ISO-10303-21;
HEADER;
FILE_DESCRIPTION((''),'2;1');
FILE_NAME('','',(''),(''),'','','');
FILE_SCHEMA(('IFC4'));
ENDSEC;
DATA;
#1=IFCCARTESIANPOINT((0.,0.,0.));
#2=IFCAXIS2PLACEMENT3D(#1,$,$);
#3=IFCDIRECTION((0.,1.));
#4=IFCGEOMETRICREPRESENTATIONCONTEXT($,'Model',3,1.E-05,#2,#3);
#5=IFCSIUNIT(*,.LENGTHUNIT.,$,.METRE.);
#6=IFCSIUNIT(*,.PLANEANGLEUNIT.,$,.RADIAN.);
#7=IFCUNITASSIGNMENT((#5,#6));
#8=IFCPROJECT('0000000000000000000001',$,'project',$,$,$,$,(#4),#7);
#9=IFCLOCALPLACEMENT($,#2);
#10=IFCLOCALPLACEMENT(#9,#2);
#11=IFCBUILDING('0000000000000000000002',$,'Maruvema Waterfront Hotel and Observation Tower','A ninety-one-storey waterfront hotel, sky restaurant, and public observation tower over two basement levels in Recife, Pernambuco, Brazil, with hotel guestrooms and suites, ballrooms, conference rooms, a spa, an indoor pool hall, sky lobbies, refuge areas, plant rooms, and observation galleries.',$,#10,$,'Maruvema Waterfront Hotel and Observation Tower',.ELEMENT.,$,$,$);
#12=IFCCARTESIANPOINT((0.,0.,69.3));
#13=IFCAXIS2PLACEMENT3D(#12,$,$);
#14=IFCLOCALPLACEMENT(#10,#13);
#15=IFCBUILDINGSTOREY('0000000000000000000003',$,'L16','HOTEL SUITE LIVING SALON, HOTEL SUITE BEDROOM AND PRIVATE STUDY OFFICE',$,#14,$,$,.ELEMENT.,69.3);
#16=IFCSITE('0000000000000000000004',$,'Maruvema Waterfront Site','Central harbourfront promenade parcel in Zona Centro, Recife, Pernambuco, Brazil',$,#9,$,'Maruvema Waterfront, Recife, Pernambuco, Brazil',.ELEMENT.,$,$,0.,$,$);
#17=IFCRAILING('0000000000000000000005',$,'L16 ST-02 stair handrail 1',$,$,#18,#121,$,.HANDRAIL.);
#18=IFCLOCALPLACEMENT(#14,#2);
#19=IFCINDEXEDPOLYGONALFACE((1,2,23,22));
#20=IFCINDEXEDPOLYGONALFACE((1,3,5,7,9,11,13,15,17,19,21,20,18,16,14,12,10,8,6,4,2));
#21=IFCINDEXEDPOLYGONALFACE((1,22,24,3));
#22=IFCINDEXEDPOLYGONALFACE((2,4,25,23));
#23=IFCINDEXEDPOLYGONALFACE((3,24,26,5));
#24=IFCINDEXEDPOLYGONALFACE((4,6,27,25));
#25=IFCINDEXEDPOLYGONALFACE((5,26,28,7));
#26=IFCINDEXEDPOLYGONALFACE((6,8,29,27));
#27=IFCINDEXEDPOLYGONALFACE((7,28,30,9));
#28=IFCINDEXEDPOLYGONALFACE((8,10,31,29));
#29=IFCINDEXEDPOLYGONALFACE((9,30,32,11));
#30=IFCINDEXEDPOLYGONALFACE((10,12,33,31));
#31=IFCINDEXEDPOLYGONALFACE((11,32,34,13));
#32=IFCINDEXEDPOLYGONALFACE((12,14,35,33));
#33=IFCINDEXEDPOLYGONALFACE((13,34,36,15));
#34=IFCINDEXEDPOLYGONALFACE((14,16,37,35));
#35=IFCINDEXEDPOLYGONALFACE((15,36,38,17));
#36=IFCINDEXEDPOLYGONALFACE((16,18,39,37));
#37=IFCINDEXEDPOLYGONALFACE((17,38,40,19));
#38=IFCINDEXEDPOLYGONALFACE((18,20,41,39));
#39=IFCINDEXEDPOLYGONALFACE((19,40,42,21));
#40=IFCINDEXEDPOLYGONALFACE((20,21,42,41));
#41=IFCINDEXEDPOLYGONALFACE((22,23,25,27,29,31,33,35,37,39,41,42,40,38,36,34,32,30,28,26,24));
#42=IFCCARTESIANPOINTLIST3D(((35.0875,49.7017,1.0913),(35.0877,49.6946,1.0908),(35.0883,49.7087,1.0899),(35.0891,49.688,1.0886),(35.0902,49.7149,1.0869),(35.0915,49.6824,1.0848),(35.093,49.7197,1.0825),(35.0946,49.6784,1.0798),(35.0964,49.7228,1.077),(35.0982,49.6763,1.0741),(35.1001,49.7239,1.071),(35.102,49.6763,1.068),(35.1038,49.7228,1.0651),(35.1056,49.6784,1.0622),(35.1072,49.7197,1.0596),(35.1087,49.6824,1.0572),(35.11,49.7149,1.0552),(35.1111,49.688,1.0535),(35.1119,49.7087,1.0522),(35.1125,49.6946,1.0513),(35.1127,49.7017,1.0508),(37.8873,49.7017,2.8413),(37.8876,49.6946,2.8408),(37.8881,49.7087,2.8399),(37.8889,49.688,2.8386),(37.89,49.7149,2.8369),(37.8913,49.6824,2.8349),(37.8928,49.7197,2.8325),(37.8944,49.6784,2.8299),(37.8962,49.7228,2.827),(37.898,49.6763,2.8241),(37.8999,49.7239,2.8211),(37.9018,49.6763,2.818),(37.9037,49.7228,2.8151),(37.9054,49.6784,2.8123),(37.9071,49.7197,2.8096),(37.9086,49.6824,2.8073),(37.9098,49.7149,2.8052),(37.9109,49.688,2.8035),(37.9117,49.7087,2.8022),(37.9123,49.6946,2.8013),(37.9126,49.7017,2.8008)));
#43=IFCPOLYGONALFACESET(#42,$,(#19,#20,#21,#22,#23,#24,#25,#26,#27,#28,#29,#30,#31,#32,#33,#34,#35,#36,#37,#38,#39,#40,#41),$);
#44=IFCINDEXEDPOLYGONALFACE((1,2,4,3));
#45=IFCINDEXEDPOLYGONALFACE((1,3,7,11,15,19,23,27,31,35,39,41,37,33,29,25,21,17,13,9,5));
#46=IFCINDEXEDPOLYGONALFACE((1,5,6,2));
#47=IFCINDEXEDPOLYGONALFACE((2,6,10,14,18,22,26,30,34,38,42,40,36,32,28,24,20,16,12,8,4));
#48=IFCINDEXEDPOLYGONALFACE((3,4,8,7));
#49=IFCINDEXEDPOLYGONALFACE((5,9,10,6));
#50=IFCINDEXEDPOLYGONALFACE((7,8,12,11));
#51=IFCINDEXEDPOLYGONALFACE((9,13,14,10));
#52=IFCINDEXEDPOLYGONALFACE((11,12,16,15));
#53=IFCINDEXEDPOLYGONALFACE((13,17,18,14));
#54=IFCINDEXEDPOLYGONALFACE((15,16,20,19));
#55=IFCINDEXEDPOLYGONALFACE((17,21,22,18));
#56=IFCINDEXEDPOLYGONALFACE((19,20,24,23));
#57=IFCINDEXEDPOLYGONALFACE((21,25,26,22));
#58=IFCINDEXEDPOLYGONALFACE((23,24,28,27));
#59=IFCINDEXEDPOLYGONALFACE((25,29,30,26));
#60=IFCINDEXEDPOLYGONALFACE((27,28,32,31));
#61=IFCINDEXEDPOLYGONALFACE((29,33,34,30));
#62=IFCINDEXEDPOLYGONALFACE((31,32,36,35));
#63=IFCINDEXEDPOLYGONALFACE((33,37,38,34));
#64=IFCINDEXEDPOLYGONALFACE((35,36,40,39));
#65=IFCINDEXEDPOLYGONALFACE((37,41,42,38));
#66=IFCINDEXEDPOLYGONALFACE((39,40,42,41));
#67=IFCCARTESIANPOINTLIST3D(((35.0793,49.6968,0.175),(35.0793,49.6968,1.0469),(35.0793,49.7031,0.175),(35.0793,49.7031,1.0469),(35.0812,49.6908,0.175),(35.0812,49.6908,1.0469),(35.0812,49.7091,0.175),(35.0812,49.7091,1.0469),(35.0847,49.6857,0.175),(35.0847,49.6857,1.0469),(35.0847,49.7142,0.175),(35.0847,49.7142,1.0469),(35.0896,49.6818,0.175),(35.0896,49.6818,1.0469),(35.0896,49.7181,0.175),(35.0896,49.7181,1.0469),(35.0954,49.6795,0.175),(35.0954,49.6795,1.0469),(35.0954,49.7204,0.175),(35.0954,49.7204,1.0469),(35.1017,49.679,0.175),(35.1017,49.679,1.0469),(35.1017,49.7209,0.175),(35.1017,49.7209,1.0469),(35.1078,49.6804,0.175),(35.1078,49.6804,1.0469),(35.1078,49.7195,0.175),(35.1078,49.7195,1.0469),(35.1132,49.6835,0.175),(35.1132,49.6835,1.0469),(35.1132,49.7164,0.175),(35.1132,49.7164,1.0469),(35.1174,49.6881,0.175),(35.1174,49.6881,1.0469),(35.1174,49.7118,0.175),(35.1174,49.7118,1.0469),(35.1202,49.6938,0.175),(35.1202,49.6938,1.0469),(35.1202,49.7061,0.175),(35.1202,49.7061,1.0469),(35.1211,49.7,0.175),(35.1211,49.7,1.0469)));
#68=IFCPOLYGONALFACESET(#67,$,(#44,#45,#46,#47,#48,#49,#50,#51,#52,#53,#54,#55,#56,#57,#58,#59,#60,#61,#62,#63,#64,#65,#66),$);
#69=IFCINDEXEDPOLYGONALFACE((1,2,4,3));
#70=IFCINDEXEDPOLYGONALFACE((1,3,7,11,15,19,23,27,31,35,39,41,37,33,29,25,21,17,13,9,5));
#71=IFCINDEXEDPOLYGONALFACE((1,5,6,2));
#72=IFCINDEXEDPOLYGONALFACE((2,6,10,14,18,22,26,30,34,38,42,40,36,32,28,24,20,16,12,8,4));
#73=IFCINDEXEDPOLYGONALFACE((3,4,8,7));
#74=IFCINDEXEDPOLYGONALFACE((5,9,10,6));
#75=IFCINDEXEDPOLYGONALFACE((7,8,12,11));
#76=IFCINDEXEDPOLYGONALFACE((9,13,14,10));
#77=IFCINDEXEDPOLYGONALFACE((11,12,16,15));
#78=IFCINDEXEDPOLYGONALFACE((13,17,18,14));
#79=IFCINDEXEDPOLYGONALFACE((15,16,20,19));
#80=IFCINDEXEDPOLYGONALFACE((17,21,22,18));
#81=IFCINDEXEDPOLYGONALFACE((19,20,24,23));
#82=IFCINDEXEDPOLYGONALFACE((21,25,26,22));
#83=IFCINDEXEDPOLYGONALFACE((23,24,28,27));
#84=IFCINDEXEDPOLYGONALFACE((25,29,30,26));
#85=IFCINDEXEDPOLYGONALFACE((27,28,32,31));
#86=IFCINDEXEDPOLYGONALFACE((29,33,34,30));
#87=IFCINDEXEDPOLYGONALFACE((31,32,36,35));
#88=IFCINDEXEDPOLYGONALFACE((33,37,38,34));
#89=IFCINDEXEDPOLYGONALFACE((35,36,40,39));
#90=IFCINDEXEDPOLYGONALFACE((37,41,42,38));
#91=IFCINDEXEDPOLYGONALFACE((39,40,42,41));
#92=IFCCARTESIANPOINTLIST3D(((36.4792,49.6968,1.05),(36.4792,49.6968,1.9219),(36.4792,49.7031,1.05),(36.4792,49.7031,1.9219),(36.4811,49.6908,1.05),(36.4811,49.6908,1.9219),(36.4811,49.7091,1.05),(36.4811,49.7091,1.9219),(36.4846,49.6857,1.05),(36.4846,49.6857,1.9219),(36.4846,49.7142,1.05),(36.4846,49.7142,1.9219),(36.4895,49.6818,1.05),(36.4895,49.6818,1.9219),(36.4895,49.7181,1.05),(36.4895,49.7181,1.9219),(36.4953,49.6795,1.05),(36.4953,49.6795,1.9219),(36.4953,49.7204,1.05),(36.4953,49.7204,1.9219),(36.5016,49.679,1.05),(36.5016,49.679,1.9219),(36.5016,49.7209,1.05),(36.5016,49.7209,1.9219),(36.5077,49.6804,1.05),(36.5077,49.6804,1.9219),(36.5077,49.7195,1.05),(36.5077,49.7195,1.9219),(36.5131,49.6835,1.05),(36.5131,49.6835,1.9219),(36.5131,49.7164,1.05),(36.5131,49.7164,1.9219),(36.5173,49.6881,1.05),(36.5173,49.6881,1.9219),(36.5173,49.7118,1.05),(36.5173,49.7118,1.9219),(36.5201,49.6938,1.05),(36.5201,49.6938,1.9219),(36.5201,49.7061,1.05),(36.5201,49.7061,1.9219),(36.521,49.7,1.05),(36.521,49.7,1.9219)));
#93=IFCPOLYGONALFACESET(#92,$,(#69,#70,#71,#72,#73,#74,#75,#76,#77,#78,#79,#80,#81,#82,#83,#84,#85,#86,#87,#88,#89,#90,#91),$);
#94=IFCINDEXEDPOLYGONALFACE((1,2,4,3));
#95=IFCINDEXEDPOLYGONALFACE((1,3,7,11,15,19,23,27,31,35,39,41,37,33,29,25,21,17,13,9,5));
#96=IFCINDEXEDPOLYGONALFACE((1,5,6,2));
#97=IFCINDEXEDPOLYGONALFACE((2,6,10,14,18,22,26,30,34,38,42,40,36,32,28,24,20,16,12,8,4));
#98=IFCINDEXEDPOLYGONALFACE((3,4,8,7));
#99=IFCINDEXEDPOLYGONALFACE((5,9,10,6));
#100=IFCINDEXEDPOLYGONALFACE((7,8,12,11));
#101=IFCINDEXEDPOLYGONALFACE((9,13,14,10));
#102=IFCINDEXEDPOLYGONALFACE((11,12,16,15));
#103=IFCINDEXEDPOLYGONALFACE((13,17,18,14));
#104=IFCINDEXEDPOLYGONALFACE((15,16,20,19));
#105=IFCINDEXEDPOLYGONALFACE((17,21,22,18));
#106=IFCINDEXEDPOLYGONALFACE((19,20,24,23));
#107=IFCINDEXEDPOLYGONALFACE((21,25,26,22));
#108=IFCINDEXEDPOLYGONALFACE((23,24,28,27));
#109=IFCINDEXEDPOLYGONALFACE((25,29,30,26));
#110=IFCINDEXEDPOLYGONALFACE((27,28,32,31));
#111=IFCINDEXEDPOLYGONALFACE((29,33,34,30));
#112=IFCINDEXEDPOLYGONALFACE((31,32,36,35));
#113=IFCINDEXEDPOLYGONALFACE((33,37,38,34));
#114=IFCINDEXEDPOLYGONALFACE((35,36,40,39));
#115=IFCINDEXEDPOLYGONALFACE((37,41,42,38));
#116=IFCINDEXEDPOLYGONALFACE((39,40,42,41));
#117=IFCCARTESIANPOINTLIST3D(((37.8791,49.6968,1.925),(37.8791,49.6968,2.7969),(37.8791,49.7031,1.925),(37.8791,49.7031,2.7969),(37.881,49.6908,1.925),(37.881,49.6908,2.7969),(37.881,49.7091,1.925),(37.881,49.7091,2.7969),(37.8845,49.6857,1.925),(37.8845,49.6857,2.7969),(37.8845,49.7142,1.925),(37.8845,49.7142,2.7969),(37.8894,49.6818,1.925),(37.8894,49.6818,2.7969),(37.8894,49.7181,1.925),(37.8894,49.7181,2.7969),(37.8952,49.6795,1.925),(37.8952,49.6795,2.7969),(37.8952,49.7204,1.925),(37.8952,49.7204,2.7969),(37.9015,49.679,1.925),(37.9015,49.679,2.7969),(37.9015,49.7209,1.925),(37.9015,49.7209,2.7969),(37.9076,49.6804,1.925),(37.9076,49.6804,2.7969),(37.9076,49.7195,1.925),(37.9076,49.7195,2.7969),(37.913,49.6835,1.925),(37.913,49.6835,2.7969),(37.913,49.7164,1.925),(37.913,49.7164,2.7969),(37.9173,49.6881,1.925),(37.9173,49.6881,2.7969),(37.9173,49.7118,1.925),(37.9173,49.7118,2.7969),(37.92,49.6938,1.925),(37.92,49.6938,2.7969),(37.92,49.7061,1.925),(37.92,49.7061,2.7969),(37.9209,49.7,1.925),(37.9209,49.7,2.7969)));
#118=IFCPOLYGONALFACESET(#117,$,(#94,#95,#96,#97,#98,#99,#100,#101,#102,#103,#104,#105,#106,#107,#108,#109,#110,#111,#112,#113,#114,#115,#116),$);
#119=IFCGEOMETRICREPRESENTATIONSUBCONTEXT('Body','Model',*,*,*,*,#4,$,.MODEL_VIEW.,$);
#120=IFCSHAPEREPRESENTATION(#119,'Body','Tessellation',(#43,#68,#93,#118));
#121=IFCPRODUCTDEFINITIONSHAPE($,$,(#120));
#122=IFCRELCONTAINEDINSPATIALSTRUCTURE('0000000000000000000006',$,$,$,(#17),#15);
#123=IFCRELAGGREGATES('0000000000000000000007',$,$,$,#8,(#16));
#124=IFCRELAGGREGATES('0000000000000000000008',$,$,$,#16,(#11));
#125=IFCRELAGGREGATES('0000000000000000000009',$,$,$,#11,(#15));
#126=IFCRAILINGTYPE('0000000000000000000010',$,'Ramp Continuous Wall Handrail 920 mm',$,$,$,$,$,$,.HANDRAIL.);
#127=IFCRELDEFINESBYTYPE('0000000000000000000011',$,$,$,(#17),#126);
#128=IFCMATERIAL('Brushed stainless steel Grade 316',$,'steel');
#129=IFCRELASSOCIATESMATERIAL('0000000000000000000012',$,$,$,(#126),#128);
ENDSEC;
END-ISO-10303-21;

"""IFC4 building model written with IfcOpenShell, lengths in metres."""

from ifc_helpers import new_model, si_unit, direction, frame, origin, origin_2d, place, context, subcontext, project, spatial, circle, extrude, material, type_object, element, save


model = new_model("IFC4")

# Units and contexts
model_context = context("Model", 3, precision=1e-05, world=origin(), true_north=direction((0.0, 1.0)))
body_context = subcontext(model_context, "Body", "Model", "MODEL_VIEW")
ifc_project = project(units=[si_unit("LENGTHUNIT", "METRE"), si_unit("PLANEANGLEUNIT", "RADIAN")], contexts=[model_context])

# Site, building, storey
site_placement = place(None, origin())
site = spatial("IfcSite", under=ifc_project, at=site_placement, Name="Maruvema Waterfront Site", Description="Central harbourfront promenade parcel in Zona Centro, Recife, Pernambuco, Brazil", LongName="Maruvema Waterfront, Recife, Pernambuco, Brazil", CompositionType="ELEMENT", RefElevation=0.0)
building_placement = place(site_placement, origin())
building = spatial("IfcBuilding", under=site, at=building_placement, Name="Maruvema Waterfront Hotel and Observation Tower", Description="A ninety-one-storey waterfront hotel, sky restaurant, and public observation tower over two basement levels in Recife, Pernambuco, Brazil, with hotel guestrooms and suites, ballrooms, conference rooms, a spa, an indoor pool hall, sky lobbies, refuge areas, plant rooms, and observation galleries.", LongName="Maruvema Waterfront Hotel and Observation Tower", CompositionType="ELEMENT")
storey_placement = place(building_placement, frame((0.0, 0.0, 69.3)))
storey = spatial("IfcBuildingStorey", under=building, at=storey_placement, Name="L16", Description="HOTEL SUITE LIVING SALON, HOTEL SUITE BEDROOM AND PRIVATE STUDY OFFICE", CompositionType="ELEMENT", Elevation=69.3)

# Railing
ifc_material_1 = material(Name="Brushed stainless steel Grade 316", Category="steel")
railing_type_1 = type_object("IfcRailingType", Name="Ramp Continuous Wall Handrail 920 mm", PredefinedType="HANDRAIL", material=ifc_material_1)
railing_1_placement = place(storey_placement, frame((35.1001, 49.7, 0.175)))
element("IfcRailing", 1, at=railing_1_placement, inside=storey, type_object=railing_type_1, Name="L16 ST-02 stair handrail 1", PredefinedType="HANDRAIL", context=body_context, shape_type="SweptSolid", body=[
    extrude(circle(Radius=0.0239, at=origin_2d()), frame((0.0, 0.0, 0.896), z_axis=(0.847982, 0.0, 0.530026), x_axis=(0.0, 1.0, 0.0)), (0.0, 0.0, 1.0), 3.3018),
    extrude(circle(Radius=0.021, at=origin_2d()), origin(), (0.0, 0.0, 1.0), 0.8718),
    extrude(circle(Radius=0.021, at=origin_2d()), frame((1.3999, 0.0, 0.875)), (0.0, 0.0, 1.0), 0.8718),
    extrude(circle(Radius=0.021, at=origin_2d()), frame((2.7998, 0.0, 1.75)), (0.0, 0.0, 1.0), 0.8718),
])

save(model, "model.ifc")
